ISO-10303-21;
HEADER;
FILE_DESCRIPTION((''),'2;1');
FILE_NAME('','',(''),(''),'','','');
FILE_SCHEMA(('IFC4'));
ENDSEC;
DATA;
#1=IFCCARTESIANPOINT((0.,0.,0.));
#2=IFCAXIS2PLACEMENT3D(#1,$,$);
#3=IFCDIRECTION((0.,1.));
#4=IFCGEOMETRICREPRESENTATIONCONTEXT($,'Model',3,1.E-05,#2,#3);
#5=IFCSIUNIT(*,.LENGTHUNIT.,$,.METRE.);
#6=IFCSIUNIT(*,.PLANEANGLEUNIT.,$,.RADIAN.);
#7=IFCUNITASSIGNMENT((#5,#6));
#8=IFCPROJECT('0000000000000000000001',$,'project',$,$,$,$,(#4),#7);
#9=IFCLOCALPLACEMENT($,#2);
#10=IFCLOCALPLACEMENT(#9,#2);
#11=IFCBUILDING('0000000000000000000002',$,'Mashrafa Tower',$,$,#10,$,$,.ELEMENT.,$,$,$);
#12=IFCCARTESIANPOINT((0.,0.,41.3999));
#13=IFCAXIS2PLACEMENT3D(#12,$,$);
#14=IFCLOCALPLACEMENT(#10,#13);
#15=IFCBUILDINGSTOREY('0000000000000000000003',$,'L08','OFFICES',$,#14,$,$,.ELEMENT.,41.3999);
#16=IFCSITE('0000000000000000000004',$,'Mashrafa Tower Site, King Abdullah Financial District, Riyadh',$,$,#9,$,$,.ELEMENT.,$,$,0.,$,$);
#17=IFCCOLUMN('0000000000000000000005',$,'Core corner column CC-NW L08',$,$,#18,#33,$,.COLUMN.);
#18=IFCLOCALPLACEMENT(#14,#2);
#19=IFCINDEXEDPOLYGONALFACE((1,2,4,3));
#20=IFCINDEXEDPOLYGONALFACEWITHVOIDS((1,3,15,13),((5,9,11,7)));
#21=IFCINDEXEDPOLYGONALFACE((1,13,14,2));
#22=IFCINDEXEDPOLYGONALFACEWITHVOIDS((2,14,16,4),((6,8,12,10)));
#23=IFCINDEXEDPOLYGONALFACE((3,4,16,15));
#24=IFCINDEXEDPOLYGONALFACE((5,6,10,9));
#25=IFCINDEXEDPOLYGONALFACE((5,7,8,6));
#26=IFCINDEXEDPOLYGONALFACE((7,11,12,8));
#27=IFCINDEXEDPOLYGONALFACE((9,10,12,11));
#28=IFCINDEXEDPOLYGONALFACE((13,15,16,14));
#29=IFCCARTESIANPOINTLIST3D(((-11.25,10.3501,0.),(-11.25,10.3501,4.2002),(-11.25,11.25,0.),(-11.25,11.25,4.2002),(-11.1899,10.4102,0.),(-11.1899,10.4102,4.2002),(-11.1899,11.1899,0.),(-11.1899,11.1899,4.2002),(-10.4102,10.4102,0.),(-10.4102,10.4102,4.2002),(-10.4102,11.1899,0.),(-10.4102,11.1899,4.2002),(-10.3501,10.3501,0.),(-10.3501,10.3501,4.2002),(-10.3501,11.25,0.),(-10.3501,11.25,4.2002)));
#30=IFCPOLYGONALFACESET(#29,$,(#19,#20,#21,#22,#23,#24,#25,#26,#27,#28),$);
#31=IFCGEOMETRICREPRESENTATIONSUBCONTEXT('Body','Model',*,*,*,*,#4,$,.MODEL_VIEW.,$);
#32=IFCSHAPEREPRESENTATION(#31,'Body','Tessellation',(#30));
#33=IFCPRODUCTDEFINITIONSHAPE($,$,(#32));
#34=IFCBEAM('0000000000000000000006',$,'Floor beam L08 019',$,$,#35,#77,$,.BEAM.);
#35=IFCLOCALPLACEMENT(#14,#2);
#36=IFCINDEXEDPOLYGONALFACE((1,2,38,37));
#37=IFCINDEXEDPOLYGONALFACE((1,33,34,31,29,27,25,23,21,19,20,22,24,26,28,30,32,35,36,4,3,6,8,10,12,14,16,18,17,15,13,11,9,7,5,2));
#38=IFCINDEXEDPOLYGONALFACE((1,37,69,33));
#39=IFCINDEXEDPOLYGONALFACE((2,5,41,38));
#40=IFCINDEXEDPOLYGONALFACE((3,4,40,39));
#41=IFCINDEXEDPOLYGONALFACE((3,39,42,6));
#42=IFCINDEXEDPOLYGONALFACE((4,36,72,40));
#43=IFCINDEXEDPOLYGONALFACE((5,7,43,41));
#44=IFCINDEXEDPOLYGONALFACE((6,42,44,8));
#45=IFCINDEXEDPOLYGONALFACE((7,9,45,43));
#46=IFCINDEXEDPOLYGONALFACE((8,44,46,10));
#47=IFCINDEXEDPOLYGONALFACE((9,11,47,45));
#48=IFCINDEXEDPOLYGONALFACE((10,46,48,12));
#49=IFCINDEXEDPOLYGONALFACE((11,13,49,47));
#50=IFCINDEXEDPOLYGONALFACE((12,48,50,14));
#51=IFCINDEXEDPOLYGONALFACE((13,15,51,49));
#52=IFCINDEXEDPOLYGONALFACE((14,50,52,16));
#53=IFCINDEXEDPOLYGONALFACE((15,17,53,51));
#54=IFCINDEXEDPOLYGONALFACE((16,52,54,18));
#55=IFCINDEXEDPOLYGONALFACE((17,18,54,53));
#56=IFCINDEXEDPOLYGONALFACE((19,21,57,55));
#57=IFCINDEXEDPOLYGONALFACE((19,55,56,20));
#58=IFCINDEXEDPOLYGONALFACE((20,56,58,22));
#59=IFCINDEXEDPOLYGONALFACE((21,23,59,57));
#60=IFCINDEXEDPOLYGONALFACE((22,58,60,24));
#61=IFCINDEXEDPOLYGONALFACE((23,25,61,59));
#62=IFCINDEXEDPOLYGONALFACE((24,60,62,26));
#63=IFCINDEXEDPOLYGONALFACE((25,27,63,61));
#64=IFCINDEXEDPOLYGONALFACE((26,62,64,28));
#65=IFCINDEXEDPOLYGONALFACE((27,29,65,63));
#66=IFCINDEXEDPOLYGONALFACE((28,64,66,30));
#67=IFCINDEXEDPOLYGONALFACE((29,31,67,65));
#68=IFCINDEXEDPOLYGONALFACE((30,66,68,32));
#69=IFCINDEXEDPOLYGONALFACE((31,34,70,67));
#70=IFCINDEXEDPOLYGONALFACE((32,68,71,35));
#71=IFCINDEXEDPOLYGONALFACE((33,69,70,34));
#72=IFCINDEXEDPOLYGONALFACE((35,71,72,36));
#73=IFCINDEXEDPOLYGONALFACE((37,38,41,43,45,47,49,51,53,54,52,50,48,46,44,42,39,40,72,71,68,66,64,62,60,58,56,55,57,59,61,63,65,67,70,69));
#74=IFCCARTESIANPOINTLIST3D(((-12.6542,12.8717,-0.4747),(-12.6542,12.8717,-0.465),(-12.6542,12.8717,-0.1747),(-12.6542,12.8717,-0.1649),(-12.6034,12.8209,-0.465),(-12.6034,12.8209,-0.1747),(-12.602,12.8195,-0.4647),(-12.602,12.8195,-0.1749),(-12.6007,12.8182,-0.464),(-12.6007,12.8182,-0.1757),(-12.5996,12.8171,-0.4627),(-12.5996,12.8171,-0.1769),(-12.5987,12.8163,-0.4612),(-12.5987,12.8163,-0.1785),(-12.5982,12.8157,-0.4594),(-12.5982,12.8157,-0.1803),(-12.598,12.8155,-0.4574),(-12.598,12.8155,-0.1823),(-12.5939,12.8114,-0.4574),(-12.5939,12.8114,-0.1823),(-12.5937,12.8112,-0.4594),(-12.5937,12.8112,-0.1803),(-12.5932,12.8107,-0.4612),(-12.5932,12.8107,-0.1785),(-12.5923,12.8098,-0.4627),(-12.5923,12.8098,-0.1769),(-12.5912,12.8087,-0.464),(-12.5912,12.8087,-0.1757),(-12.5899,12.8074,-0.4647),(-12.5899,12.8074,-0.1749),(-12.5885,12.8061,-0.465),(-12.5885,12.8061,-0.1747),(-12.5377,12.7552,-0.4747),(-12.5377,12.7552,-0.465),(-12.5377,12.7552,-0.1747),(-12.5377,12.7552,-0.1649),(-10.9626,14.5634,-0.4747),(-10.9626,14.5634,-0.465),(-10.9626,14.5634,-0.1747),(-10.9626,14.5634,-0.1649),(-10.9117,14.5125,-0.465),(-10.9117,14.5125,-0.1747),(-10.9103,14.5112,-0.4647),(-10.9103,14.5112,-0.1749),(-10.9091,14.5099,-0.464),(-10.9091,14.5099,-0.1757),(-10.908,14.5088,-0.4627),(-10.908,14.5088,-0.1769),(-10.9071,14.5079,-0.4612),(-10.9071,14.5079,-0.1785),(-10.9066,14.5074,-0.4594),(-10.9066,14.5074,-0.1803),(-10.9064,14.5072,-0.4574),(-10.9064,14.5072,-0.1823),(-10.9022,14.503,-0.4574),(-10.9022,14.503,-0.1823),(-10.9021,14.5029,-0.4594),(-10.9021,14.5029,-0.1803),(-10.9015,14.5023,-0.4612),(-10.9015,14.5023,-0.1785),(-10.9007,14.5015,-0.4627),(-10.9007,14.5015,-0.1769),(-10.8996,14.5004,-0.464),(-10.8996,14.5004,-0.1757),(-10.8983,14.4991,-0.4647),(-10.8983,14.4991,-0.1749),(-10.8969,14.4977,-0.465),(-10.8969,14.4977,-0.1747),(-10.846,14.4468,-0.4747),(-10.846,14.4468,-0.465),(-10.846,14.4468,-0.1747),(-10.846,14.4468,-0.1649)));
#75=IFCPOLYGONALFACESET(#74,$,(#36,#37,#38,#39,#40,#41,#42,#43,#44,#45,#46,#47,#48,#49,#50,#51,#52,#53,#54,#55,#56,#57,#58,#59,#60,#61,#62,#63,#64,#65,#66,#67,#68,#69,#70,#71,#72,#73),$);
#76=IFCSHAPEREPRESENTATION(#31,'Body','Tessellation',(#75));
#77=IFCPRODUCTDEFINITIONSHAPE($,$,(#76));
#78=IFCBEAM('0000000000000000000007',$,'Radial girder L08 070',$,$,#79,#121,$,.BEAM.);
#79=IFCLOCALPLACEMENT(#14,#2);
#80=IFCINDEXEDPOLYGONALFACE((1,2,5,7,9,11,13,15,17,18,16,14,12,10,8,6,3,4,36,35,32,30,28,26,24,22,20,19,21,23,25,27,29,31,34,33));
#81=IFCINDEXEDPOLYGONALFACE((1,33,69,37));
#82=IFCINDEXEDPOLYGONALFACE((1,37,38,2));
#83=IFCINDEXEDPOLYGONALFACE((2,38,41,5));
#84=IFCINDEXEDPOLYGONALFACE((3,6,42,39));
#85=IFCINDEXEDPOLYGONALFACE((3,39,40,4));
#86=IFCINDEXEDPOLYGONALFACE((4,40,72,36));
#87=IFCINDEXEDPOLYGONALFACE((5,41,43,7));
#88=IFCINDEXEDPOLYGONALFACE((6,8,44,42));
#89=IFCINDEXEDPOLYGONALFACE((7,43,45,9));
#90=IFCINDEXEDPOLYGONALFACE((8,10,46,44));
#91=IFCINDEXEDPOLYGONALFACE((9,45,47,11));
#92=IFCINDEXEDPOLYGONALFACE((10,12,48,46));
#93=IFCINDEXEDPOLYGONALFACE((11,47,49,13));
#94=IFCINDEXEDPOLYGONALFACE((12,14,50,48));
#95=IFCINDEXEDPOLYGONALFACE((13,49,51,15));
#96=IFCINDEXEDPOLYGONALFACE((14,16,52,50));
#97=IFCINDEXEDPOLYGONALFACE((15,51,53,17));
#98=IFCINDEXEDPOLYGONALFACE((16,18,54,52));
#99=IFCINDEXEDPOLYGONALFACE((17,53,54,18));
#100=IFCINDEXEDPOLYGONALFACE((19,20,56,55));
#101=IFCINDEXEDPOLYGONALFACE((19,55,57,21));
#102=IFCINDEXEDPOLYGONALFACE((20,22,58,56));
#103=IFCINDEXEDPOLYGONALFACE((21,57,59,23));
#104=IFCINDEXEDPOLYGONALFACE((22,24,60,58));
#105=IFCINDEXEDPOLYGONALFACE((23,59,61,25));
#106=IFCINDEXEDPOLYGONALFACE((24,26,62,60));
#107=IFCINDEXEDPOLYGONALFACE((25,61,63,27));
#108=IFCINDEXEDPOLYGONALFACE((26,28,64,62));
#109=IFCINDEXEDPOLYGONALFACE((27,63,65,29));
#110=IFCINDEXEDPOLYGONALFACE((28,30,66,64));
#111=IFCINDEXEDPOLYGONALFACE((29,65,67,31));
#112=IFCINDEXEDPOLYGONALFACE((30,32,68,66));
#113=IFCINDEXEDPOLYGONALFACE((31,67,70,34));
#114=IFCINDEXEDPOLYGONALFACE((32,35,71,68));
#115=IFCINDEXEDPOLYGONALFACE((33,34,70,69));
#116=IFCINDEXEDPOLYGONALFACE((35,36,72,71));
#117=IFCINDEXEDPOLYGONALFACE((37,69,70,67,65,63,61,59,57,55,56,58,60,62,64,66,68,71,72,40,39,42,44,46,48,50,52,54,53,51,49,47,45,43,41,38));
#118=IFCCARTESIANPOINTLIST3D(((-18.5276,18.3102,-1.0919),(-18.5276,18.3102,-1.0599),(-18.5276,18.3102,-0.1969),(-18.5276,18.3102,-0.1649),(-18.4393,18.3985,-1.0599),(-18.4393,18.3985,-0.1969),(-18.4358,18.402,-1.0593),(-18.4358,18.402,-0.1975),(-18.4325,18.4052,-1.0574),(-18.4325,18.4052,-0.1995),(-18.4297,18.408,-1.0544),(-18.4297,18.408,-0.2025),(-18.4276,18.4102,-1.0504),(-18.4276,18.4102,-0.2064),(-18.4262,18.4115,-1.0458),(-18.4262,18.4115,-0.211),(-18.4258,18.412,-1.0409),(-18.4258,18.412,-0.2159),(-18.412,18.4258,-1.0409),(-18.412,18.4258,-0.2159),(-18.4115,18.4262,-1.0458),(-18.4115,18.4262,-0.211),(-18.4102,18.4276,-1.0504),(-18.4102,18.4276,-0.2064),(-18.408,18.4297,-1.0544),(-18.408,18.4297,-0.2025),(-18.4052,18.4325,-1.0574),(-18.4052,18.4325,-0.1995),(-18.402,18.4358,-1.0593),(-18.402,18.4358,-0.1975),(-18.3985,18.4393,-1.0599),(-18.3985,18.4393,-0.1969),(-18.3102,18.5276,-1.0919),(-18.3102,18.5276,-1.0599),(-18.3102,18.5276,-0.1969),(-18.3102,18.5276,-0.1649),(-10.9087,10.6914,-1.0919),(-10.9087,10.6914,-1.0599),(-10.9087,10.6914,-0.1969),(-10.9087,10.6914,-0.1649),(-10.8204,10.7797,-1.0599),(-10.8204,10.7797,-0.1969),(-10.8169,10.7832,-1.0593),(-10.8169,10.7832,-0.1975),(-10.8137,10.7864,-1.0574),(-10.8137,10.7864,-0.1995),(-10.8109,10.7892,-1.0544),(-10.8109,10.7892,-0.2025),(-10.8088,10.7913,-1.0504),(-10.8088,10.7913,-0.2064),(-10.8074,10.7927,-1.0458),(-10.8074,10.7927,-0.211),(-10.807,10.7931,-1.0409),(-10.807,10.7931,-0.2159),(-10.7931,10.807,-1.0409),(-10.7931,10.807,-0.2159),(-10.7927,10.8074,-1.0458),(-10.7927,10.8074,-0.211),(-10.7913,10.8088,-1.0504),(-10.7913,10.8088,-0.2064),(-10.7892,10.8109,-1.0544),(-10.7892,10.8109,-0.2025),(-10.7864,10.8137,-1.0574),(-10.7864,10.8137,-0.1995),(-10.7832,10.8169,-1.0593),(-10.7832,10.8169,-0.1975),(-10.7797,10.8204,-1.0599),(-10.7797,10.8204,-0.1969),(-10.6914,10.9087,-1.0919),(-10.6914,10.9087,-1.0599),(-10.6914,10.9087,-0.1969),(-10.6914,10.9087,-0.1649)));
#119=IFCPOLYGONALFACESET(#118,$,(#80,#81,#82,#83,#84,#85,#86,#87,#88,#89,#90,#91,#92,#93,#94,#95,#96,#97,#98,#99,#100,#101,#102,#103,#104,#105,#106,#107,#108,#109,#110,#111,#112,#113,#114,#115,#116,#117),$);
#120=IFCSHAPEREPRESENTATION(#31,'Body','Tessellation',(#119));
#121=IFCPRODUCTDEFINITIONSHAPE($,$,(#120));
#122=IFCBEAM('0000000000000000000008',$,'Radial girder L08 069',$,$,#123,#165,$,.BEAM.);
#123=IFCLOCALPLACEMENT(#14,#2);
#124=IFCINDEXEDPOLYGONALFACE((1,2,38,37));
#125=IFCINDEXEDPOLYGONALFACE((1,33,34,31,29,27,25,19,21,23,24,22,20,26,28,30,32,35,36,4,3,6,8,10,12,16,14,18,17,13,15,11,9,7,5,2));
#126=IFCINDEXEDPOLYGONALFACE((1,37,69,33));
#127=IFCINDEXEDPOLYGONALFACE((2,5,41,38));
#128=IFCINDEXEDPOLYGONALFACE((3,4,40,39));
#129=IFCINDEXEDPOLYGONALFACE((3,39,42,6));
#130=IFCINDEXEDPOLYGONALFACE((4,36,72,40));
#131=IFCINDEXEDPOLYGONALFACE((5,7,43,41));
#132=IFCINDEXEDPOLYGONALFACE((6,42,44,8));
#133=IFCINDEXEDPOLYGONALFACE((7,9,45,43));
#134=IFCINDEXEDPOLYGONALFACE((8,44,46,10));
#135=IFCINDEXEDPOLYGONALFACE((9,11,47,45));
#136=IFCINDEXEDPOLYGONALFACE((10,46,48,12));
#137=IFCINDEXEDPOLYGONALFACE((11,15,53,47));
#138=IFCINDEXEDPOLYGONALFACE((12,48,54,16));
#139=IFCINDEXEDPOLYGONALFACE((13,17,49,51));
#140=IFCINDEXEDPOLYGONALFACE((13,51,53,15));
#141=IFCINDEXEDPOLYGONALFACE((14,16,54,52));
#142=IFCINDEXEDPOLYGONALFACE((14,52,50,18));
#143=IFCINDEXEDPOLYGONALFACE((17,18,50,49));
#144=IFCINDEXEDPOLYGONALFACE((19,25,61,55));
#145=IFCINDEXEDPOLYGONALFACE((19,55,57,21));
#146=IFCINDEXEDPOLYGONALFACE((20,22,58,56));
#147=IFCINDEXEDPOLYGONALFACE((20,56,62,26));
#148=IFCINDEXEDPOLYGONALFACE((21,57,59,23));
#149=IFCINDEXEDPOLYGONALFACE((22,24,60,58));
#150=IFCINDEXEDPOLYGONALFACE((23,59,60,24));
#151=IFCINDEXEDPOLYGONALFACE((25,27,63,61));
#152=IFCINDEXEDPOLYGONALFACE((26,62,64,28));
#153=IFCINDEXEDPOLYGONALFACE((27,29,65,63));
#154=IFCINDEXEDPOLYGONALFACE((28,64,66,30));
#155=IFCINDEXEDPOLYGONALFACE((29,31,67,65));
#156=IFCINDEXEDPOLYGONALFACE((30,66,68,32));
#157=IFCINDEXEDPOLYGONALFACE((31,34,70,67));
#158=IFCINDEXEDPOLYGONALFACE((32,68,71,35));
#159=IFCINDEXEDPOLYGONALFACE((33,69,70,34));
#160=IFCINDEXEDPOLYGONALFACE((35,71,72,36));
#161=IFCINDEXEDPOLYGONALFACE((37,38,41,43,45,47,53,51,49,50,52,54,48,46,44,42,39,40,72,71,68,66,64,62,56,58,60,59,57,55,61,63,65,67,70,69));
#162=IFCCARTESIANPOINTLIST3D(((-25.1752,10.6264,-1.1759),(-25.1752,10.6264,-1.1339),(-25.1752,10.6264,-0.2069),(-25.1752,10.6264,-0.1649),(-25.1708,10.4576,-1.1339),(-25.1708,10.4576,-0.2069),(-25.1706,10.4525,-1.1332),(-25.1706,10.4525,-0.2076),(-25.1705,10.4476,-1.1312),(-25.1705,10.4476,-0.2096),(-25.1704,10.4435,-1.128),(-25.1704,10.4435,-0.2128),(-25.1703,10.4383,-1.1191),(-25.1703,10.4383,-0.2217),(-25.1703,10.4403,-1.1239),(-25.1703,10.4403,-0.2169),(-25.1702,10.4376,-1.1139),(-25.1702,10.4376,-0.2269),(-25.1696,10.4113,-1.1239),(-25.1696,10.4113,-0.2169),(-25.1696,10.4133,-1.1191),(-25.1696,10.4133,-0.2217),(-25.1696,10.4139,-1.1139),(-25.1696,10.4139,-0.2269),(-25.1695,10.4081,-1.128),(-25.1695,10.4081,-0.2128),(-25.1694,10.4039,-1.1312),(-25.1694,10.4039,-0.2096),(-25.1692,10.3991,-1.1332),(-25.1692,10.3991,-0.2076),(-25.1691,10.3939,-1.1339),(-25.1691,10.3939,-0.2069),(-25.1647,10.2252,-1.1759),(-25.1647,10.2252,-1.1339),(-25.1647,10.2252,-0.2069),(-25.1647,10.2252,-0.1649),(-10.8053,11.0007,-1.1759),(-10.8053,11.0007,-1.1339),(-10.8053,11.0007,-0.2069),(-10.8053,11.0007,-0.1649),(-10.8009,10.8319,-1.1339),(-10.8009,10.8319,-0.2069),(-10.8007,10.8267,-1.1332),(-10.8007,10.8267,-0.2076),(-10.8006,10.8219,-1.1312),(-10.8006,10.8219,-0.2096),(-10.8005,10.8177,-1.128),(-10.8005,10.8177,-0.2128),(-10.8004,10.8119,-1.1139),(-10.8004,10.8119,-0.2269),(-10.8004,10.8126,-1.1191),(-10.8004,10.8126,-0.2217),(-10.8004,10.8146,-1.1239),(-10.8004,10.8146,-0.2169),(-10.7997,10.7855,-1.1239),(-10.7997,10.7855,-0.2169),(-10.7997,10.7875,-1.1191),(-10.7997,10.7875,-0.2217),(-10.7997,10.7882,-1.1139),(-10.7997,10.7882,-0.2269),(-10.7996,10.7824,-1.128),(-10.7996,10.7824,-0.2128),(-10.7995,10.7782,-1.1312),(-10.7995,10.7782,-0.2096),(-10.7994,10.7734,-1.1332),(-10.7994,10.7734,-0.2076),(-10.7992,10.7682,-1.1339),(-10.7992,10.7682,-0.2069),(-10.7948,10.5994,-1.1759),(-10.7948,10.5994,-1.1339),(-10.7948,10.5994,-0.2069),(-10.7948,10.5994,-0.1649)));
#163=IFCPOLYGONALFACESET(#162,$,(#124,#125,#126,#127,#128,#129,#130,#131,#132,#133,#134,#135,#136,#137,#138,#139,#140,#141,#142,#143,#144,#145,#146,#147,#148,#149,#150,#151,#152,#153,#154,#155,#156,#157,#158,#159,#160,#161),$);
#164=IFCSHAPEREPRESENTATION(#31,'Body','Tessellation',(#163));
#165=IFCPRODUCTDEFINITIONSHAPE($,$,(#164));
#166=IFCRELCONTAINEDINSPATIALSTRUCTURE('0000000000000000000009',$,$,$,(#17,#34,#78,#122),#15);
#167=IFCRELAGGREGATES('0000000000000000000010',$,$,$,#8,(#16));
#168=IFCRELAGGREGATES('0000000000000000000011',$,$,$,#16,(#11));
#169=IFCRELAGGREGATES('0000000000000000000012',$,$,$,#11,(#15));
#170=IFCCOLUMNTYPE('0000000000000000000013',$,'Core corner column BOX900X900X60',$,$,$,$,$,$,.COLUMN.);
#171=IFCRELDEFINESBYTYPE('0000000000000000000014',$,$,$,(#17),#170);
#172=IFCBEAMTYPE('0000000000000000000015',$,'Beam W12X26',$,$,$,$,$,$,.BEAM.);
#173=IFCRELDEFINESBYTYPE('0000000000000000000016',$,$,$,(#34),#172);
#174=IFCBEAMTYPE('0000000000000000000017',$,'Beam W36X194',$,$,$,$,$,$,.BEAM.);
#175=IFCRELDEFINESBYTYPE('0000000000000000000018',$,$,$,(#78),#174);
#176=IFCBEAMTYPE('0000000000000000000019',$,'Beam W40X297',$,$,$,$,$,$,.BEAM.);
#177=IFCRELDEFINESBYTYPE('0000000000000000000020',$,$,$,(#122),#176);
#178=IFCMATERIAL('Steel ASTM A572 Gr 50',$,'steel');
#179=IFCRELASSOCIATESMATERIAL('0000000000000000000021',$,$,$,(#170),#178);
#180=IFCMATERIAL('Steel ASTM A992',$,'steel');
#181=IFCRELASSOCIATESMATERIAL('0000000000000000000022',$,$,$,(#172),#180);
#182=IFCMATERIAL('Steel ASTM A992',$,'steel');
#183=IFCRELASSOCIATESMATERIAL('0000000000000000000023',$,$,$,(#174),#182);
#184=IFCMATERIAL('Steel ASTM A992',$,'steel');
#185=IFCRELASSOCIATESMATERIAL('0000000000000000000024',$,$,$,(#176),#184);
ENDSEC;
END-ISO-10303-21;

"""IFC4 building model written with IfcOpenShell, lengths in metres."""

from ifc_helpers import new_model, si_unit, direction, frame, origin, origin_2d, place, context, subcontext, project, spatial, hollow_rectangle, i_section, extrude, material, material_profile, profile_set, type_object, element, save


model = new_model("IFC4")

# Units and contexts
model_context = context("Model", 3, precision=1e-05, world=origin(), true_north=direction((0.0, 1.0)))
body_context = subcontext(model_context, "Body", "Model", "MODEL_VIEW")
ifc_project = project(units=[si_unit("LENGTHUNIT", "METRE"), si_unit("PLANEANGLEUNIT", "RADIAN")], contexts=[model_context])

# Site, building, storey
site_placement = place(None, origin())
site = spatial("IfcSite", under=ifc_project, at=site_placement, Name="Mashrafa Tower Site, King Abdullah Financial District, Riyadh", CompositionType="ELEMENT", RefElevation=0.0)
building_placement = place(site_placement, origin())
building = spatial("IfcBuilding", under=site, at=building_placement, Name="Mashrafa Tower", CompositionType="ELEMENT")
storey_placement = place(building_placement, frame((0.0, 0.0, 41.3999)))
storey = spatial("IfcBuildingStorey", under=building, at=storey_placement, Name="L08", Description="OFFICES", CompositionType="ELEMENT", Elevation=41.3999)

# Column
ifc_material_1 = material(Name="Steel ASTM A572 Gr 50", Category="steel")
ifc_material_profile_1 = material_profile(ifc_material_1, hollow_rectangle(XDim=0.8999, YDim=0.8999, WallThickness=0.0601, at=origin_2d()), Name="BOX900X900X60")
ifc_profile_set_1 = profile_set([ifc_material_profile_1], Name="Steel ASTM A572 Gr 50")
column_type = type_object("IfcColumnType", Name="Core corner column BOX900X900X60", PredefinedType="COLUMN", material=ifc_profile_set_1)
column_placement = place(storey_placement, frame((-10.8, 10.8, 0.0), z_axis=(0.0, 0.0, 1.0), x_axis=(1.0, 0.0, 0.0)))
element("IfcColumn", 1, at=column_placement, inside=storey, type_object=column_type, Name="Core corner column CC-NW L08", PredefinedType="COLUMN", context=body_context, shape_type="SweptSolid", body=[
    extrude(hollow_rectangle(XDim=0.8999, YDim=0.8999, WallThickness=0.0601, at=origin_2d()), origin(), (0.0, 0.0, 1.0), 4.2002),
])

# Beams
ifc_material_2 = material(Name="Steel ASTM A992", Category="steel")
ifc_material_profile_2 = material_profile(ifc_material_2, i_section(OverallWidth=0.1648, OverallDepth=0.3098, WebThickness=0.0059, FlangeThickness=0.0098, FilletRadius=0.0076, at=origin_2d()), Name="W12X26")
ifc_profile_set_2 = profile_set([ifc_material_profile_2], Name="Steel ASTM A992")
beam_type_1 = type_object("IfcBeamType", Name="Beam W12X26", PredefinedType="BEAM", material=ifc_profile_set_2)
beam_1_placement = place(storey_placement, frame((-12.5959, 12.8135, -0.3198), z_axis=(0.707107, 0.707107, 0.0), x_axis=(-0.707107, 0.707107, 0.0)))
element("IfcBeam", 2, at=beam_1_placement, inside=storey, type_object=beam_type_1, Name="Floor beam L08 019", PredefinedType="BEAM", context=body_context, shape_type="SweptSolid", body=[
    extrude(i_section(OverallWidth=0.1648, OverallDepth=0.3098, WebThickness=0.0059, FlangeThickness=0.0098, FilletRadius=0.0076, at=origin_2d()), origin(), (0.0, 0.0, 1.0), 2.3923),
])
ifc_material_3 = material(Name="Steel ASTM A992", Category="steel")
ifc_material_profile_3 = material_profile(ifc_material_3, i_section(OverallWidth=0.3074, OverallDepth=0.927, WebThickness=0.0195, FlangeThickness=0.032, FilletRadius=0.019, at=origin_2d()), Name="W36X194")
ifc_profile_set_3 = profile_set([ifc_material_profile_3], Name="Steel ASTM A992")
beam_type_2 = type_object("IfcBeamType", Name="Beam W36X194", PredefinedType="BEAM", material=ifc_profile_set_3)
beam_2_placement = place(storey_placement, frame((-10.8, 10.8, -0.6284), z_axis=(-0.707107, 0.707107, 0.0), x_axis=(-0.707107, -0.707107, 0.0)))
element("IfcBeam", 3, at=beam_2_placement, inside=storey, type_object=beam_type_2, Name="Radial girder L08 070", PredefinedType="BEAM", context=body_context, shape_type="SweptSolid", body=[
    extrude(i_section(OverallWidth=0.3074, OverallDepth=0.927, WebThickness=0.0195, FlangeThickness=0.032, FilletRadius=0.019, at=origin_2d()), origin(), (0.0, 0.0, 1.0), 10.7747),
])
ifc_material_4 = material(Name="Steel ASTM A992", Category="steel")
ifc_material_profile_4 = material_profile(ifc_material_4, i_section(OverallWidth=0.4014, OverallDepth=1.011, WebThickness=0.0237, FlangeThickness=0.042, FilletRadius=0.02, at=origin_2d()), Name="W40X297")
ifc_profile_set_4 = profile_set([ifc_material_profile_4], Name="Steel ASTM A992")
beam_type_3 = type_object("IfcBeamType", Name="Beam W40X297", PredefinedType="BEAM", material=ifc_profile_set_4)
for number, where, z_axis, x_axis, name in (
    (4, (-10.8, 10.8, -0.6704), (-0.999661, -0.026036, 0.0), (0.026036, -0.999661, 0.0), "Radial girder L08 069"),
):
    element("IfcBeam", number, at=place(storey_placement, frame(where, z_axis=z_axis, x_axis=x_axis)), inside=storey, type_object=beam_type_3, Name=name, PredefinedType="BEAM", context=body_context, shape_type="SweptSolid", body=[
        extrude(i_section(OverallWidth=0.4014, OverallDepth=1.011, WebThickness=0.0237, FlangeThickness=0.042, FilletRadius=0.02, at=origin_2d()), origin(), (0.0, 0.0, 1.0), 14.3748),
    ])

save(model, "model.ifc")
